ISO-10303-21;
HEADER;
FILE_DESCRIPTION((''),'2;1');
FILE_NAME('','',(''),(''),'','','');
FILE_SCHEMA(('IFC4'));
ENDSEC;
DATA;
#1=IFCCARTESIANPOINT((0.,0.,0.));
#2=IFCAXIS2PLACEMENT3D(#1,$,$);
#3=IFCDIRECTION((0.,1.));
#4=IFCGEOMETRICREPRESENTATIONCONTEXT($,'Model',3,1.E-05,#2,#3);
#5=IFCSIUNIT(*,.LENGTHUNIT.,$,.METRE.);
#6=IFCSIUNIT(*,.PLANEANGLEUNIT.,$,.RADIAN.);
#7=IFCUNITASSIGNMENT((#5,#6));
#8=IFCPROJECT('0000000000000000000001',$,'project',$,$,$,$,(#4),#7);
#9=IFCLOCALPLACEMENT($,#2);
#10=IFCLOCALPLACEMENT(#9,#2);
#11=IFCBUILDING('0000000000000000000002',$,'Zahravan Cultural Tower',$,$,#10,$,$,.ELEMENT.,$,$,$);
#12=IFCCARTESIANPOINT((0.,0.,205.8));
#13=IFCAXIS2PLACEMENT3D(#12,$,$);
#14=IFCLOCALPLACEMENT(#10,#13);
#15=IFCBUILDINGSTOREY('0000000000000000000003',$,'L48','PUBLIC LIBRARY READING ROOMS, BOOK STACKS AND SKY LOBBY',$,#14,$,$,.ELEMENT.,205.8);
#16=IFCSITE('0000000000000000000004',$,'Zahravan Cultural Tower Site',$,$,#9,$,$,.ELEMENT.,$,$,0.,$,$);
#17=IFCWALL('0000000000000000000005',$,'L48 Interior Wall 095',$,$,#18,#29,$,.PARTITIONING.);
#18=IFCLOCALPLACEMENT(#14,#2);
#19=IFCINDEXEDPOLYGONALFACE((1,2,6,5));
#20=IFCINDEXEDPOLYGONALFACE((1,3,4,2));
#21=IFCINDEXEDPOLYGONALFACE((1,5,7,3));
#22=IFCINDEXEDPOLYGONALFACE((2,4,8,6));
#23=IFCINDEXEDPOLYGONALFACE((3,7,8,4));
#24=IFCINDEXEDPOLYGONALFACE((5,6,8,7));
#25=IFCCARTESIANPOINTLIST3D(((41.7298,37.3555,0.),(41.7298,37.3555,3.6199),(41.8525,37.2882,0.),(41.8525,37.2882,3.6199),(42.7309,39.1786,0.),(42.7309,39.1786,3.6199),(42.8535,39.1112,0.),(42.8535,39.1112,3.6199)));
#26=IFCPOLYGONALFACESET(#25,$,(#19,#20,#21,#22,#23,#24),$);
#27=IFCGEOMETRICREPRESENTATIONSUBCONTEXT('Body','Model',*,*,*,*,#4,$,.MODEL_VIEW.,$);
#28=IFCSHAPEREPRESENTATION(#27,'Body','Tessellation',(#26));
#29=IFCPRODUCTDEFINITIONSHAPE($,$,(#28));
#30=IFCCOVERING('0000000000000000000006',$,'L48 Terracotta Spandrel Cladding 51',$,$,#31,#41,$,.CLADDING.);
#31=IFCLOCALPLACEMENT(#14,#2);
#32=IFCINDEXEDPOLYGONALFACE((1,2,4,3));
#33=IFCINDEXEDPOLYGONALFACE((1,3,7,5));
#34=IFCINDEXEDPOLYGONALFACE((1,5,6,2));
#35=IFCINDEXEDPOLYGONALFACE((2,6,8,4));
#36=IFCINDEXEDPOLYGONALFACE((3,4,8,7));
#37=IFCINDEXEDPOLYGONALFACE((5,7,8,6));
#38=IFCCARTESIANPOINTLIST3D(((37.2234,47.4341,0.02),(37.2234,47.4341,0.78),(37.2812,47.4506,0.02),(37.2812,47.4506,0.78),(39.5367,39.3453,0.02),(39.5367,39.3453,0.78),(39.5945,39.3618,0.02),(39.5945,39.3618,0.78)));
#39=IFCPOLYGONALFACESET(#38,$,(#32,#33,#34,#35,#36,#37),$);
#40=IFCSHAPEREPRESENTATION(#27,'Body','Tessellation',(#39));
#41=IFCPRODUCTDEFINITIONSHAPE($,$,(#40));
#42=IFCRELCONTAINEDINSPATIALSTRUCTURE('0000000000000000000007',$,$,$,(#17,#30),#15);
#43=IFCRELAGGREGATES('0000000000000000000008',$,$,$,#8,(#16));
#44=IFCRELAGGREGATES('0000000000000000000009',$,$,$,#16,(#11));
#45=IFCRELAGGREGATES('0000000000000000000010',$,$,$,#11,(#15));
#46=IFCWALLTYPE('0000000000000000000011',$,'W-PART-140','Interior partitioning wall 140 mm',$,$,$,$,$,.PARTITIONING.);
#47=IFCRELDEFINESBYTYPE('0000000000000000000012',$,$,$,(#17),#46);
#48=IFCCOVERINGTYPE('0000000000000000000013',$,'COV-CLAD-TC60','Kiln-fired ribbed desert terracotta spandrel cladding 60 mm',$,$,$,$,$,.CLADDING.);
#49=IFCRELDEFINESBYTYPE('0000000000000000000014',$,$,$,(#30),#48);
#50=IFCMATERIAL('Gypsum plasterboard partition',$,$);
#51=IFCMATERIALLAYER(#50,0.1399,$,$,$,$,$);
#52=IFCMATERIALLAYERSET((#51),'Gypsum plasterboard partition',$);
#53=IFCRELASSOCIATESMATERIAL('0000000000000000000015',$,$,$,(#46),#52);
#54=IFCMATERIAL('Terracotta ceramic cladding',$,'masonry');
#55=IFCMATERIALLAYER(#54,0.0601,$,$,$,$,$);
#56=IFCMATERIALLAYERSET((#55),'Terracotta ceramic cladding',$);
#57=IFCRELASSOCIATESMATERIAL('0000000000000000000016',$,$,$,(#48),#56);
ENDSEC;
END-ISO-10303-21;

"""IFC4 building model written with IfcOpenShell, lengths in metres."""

from ifc_helpers import new_model, si_unit, direction, frame, frame_2d, origin, origin_2d, place, context, subcontext, project, spatial, rectangle, extrude, source, transform, mapped, material, layer, layer_set, type_object, element, save


model = new_model("IFC4")

# Units and contexts
model_context = context("Model", 3, precision=1e-05, world=origin(), true_north=direction((0.0, 1.0)))
body_context = subcontext(model_context, "Body", "Model", "MODEL_VIEW")
ifc_project = project(units=[si_unit("LENGTHUNIT", "METRE"), si_unit("PLANEANGLEUNIT", "RADIAN")], contexts=[model_context])

# Site, building, storey
site_placement = place(None, origin())
site = spatial("IfcSite", under=ifc_project, at=site_placement, Name="Zahravan Cultural Tower Site", CompositionType="ELEMENT", RefElevation=0.0)
building_placement = place(site_placement, origin())
building = spatial("IfcBuilding", under=site, at=building_placement, Name="Zahravan Cultural Tower", CompositionType="ELEMENT")
storey_placement = place(building_placement, frame((0.0, 0.0, 205.8)))
storey = spatial("IfcBuildingStorey", under=building, at=storey_placement, Name="L48", Description="PUBLIC LIBRARY READING ROOMS, BOOK STACKS AND SKY LOBBY", CompositionType="ELEMENT", Elevation=205.8)

# Wall
ifc_material_1 = material(Name="Gypsum plasterboard partition")
ifc_layer_1 = layer(ifc_material_1, 0.1399)
ifc_layer_set_1 = layer_set([ifc_layer_1], Name="Gypsum plasterboard partition")
wall_type_1 = type_object("IfcWallType", Name="W-PART-140", Description="Interior partitioning wall 140 mm", PredefinedType="PARTITIONING", material=ifc_layer_set_1)
shared_shape_1 = source(origin(), body_context, "Body", "SweptSolid", [
    extrude(rectangle(XDim=2.0798, YDim=0.1399, at=frame_2d((1.04, 0.0))), origin(), (0.0, 0.0, 1.0), 3.6199),
])
wall_1_placement = place(storey_placement, frame((42.7922, 39.145, 0.0), z_axis=(0.0, 0.0, 1.0), x_axis=(-0.481301, -0.876555, 0.0)))
element("IfcWall", 1, at=wall_1_placement, inside=storey, type_object=wall_type_1, Name="L48 Interior Wall 095", PredefinedType="PARTITIONING", context=body_context, shape_type="MappedRepresentation", body=[
    mapped(shared_shape_1, transform((0.0, 0.0, 0.0), x_axis=(1.0, 0.0, 0.0), y_axis=(0.0, 1.0, 0.0), z_axis=(0.0, 0.0, 1.0), scale=1.0)),
])

# Covering
ifc_material_2 = material(Name="Terracotta ceramic cladding", Category="masonry")
ifc_layer_2 = layer(ifc_material_2, 0.0601)
ifc_layer_set_2 = layer_set([ifc_layer_2], Name="Terracotta ceramic cladding")
covering_type = type_object("IfcCoveringType", Name="COV-CLAD-TC60", Description="Kiln-fired ribbed desert terracotta spandrel cladding 60 mm", PredefinedType="CLADDING", material=ifc_layer_set_2)
shared_shape_2 = source(origin(), body_context, "Body", "SweptSolid", [
    extrude(rectangle(XDim=8.4131, YDim=0.0601, at=origin_2d()), origin(), (0.0, 0.0, 1.0), 0.76),
])
covering_placement = place(storey_placement, frame((38.4089, 43.3979, 0.02), z_axis=(0.0, 0.0, 1.0), x_axis=(0.274966, -0.961454, 0.0)))
element("IfcCovering", 2, at=covering_placement, inside=storey, type_object=covering_type, Name="L48 Terracotta Spandrel Cladding 51", PredefinedType="CLADDING", context=body_context, shape_type="MappedRepresentation", body=[
    mapped(shared_shape_2, transform((0.0, 0.0, 0.0), x_axis=(1.0, 0.0, 0.0), y_axis=(0.0, 1.0, 0.0), z_axis=(0.0, 0.0, 1.0), scale=1.0)),
])

save(model, "model.ifc")
